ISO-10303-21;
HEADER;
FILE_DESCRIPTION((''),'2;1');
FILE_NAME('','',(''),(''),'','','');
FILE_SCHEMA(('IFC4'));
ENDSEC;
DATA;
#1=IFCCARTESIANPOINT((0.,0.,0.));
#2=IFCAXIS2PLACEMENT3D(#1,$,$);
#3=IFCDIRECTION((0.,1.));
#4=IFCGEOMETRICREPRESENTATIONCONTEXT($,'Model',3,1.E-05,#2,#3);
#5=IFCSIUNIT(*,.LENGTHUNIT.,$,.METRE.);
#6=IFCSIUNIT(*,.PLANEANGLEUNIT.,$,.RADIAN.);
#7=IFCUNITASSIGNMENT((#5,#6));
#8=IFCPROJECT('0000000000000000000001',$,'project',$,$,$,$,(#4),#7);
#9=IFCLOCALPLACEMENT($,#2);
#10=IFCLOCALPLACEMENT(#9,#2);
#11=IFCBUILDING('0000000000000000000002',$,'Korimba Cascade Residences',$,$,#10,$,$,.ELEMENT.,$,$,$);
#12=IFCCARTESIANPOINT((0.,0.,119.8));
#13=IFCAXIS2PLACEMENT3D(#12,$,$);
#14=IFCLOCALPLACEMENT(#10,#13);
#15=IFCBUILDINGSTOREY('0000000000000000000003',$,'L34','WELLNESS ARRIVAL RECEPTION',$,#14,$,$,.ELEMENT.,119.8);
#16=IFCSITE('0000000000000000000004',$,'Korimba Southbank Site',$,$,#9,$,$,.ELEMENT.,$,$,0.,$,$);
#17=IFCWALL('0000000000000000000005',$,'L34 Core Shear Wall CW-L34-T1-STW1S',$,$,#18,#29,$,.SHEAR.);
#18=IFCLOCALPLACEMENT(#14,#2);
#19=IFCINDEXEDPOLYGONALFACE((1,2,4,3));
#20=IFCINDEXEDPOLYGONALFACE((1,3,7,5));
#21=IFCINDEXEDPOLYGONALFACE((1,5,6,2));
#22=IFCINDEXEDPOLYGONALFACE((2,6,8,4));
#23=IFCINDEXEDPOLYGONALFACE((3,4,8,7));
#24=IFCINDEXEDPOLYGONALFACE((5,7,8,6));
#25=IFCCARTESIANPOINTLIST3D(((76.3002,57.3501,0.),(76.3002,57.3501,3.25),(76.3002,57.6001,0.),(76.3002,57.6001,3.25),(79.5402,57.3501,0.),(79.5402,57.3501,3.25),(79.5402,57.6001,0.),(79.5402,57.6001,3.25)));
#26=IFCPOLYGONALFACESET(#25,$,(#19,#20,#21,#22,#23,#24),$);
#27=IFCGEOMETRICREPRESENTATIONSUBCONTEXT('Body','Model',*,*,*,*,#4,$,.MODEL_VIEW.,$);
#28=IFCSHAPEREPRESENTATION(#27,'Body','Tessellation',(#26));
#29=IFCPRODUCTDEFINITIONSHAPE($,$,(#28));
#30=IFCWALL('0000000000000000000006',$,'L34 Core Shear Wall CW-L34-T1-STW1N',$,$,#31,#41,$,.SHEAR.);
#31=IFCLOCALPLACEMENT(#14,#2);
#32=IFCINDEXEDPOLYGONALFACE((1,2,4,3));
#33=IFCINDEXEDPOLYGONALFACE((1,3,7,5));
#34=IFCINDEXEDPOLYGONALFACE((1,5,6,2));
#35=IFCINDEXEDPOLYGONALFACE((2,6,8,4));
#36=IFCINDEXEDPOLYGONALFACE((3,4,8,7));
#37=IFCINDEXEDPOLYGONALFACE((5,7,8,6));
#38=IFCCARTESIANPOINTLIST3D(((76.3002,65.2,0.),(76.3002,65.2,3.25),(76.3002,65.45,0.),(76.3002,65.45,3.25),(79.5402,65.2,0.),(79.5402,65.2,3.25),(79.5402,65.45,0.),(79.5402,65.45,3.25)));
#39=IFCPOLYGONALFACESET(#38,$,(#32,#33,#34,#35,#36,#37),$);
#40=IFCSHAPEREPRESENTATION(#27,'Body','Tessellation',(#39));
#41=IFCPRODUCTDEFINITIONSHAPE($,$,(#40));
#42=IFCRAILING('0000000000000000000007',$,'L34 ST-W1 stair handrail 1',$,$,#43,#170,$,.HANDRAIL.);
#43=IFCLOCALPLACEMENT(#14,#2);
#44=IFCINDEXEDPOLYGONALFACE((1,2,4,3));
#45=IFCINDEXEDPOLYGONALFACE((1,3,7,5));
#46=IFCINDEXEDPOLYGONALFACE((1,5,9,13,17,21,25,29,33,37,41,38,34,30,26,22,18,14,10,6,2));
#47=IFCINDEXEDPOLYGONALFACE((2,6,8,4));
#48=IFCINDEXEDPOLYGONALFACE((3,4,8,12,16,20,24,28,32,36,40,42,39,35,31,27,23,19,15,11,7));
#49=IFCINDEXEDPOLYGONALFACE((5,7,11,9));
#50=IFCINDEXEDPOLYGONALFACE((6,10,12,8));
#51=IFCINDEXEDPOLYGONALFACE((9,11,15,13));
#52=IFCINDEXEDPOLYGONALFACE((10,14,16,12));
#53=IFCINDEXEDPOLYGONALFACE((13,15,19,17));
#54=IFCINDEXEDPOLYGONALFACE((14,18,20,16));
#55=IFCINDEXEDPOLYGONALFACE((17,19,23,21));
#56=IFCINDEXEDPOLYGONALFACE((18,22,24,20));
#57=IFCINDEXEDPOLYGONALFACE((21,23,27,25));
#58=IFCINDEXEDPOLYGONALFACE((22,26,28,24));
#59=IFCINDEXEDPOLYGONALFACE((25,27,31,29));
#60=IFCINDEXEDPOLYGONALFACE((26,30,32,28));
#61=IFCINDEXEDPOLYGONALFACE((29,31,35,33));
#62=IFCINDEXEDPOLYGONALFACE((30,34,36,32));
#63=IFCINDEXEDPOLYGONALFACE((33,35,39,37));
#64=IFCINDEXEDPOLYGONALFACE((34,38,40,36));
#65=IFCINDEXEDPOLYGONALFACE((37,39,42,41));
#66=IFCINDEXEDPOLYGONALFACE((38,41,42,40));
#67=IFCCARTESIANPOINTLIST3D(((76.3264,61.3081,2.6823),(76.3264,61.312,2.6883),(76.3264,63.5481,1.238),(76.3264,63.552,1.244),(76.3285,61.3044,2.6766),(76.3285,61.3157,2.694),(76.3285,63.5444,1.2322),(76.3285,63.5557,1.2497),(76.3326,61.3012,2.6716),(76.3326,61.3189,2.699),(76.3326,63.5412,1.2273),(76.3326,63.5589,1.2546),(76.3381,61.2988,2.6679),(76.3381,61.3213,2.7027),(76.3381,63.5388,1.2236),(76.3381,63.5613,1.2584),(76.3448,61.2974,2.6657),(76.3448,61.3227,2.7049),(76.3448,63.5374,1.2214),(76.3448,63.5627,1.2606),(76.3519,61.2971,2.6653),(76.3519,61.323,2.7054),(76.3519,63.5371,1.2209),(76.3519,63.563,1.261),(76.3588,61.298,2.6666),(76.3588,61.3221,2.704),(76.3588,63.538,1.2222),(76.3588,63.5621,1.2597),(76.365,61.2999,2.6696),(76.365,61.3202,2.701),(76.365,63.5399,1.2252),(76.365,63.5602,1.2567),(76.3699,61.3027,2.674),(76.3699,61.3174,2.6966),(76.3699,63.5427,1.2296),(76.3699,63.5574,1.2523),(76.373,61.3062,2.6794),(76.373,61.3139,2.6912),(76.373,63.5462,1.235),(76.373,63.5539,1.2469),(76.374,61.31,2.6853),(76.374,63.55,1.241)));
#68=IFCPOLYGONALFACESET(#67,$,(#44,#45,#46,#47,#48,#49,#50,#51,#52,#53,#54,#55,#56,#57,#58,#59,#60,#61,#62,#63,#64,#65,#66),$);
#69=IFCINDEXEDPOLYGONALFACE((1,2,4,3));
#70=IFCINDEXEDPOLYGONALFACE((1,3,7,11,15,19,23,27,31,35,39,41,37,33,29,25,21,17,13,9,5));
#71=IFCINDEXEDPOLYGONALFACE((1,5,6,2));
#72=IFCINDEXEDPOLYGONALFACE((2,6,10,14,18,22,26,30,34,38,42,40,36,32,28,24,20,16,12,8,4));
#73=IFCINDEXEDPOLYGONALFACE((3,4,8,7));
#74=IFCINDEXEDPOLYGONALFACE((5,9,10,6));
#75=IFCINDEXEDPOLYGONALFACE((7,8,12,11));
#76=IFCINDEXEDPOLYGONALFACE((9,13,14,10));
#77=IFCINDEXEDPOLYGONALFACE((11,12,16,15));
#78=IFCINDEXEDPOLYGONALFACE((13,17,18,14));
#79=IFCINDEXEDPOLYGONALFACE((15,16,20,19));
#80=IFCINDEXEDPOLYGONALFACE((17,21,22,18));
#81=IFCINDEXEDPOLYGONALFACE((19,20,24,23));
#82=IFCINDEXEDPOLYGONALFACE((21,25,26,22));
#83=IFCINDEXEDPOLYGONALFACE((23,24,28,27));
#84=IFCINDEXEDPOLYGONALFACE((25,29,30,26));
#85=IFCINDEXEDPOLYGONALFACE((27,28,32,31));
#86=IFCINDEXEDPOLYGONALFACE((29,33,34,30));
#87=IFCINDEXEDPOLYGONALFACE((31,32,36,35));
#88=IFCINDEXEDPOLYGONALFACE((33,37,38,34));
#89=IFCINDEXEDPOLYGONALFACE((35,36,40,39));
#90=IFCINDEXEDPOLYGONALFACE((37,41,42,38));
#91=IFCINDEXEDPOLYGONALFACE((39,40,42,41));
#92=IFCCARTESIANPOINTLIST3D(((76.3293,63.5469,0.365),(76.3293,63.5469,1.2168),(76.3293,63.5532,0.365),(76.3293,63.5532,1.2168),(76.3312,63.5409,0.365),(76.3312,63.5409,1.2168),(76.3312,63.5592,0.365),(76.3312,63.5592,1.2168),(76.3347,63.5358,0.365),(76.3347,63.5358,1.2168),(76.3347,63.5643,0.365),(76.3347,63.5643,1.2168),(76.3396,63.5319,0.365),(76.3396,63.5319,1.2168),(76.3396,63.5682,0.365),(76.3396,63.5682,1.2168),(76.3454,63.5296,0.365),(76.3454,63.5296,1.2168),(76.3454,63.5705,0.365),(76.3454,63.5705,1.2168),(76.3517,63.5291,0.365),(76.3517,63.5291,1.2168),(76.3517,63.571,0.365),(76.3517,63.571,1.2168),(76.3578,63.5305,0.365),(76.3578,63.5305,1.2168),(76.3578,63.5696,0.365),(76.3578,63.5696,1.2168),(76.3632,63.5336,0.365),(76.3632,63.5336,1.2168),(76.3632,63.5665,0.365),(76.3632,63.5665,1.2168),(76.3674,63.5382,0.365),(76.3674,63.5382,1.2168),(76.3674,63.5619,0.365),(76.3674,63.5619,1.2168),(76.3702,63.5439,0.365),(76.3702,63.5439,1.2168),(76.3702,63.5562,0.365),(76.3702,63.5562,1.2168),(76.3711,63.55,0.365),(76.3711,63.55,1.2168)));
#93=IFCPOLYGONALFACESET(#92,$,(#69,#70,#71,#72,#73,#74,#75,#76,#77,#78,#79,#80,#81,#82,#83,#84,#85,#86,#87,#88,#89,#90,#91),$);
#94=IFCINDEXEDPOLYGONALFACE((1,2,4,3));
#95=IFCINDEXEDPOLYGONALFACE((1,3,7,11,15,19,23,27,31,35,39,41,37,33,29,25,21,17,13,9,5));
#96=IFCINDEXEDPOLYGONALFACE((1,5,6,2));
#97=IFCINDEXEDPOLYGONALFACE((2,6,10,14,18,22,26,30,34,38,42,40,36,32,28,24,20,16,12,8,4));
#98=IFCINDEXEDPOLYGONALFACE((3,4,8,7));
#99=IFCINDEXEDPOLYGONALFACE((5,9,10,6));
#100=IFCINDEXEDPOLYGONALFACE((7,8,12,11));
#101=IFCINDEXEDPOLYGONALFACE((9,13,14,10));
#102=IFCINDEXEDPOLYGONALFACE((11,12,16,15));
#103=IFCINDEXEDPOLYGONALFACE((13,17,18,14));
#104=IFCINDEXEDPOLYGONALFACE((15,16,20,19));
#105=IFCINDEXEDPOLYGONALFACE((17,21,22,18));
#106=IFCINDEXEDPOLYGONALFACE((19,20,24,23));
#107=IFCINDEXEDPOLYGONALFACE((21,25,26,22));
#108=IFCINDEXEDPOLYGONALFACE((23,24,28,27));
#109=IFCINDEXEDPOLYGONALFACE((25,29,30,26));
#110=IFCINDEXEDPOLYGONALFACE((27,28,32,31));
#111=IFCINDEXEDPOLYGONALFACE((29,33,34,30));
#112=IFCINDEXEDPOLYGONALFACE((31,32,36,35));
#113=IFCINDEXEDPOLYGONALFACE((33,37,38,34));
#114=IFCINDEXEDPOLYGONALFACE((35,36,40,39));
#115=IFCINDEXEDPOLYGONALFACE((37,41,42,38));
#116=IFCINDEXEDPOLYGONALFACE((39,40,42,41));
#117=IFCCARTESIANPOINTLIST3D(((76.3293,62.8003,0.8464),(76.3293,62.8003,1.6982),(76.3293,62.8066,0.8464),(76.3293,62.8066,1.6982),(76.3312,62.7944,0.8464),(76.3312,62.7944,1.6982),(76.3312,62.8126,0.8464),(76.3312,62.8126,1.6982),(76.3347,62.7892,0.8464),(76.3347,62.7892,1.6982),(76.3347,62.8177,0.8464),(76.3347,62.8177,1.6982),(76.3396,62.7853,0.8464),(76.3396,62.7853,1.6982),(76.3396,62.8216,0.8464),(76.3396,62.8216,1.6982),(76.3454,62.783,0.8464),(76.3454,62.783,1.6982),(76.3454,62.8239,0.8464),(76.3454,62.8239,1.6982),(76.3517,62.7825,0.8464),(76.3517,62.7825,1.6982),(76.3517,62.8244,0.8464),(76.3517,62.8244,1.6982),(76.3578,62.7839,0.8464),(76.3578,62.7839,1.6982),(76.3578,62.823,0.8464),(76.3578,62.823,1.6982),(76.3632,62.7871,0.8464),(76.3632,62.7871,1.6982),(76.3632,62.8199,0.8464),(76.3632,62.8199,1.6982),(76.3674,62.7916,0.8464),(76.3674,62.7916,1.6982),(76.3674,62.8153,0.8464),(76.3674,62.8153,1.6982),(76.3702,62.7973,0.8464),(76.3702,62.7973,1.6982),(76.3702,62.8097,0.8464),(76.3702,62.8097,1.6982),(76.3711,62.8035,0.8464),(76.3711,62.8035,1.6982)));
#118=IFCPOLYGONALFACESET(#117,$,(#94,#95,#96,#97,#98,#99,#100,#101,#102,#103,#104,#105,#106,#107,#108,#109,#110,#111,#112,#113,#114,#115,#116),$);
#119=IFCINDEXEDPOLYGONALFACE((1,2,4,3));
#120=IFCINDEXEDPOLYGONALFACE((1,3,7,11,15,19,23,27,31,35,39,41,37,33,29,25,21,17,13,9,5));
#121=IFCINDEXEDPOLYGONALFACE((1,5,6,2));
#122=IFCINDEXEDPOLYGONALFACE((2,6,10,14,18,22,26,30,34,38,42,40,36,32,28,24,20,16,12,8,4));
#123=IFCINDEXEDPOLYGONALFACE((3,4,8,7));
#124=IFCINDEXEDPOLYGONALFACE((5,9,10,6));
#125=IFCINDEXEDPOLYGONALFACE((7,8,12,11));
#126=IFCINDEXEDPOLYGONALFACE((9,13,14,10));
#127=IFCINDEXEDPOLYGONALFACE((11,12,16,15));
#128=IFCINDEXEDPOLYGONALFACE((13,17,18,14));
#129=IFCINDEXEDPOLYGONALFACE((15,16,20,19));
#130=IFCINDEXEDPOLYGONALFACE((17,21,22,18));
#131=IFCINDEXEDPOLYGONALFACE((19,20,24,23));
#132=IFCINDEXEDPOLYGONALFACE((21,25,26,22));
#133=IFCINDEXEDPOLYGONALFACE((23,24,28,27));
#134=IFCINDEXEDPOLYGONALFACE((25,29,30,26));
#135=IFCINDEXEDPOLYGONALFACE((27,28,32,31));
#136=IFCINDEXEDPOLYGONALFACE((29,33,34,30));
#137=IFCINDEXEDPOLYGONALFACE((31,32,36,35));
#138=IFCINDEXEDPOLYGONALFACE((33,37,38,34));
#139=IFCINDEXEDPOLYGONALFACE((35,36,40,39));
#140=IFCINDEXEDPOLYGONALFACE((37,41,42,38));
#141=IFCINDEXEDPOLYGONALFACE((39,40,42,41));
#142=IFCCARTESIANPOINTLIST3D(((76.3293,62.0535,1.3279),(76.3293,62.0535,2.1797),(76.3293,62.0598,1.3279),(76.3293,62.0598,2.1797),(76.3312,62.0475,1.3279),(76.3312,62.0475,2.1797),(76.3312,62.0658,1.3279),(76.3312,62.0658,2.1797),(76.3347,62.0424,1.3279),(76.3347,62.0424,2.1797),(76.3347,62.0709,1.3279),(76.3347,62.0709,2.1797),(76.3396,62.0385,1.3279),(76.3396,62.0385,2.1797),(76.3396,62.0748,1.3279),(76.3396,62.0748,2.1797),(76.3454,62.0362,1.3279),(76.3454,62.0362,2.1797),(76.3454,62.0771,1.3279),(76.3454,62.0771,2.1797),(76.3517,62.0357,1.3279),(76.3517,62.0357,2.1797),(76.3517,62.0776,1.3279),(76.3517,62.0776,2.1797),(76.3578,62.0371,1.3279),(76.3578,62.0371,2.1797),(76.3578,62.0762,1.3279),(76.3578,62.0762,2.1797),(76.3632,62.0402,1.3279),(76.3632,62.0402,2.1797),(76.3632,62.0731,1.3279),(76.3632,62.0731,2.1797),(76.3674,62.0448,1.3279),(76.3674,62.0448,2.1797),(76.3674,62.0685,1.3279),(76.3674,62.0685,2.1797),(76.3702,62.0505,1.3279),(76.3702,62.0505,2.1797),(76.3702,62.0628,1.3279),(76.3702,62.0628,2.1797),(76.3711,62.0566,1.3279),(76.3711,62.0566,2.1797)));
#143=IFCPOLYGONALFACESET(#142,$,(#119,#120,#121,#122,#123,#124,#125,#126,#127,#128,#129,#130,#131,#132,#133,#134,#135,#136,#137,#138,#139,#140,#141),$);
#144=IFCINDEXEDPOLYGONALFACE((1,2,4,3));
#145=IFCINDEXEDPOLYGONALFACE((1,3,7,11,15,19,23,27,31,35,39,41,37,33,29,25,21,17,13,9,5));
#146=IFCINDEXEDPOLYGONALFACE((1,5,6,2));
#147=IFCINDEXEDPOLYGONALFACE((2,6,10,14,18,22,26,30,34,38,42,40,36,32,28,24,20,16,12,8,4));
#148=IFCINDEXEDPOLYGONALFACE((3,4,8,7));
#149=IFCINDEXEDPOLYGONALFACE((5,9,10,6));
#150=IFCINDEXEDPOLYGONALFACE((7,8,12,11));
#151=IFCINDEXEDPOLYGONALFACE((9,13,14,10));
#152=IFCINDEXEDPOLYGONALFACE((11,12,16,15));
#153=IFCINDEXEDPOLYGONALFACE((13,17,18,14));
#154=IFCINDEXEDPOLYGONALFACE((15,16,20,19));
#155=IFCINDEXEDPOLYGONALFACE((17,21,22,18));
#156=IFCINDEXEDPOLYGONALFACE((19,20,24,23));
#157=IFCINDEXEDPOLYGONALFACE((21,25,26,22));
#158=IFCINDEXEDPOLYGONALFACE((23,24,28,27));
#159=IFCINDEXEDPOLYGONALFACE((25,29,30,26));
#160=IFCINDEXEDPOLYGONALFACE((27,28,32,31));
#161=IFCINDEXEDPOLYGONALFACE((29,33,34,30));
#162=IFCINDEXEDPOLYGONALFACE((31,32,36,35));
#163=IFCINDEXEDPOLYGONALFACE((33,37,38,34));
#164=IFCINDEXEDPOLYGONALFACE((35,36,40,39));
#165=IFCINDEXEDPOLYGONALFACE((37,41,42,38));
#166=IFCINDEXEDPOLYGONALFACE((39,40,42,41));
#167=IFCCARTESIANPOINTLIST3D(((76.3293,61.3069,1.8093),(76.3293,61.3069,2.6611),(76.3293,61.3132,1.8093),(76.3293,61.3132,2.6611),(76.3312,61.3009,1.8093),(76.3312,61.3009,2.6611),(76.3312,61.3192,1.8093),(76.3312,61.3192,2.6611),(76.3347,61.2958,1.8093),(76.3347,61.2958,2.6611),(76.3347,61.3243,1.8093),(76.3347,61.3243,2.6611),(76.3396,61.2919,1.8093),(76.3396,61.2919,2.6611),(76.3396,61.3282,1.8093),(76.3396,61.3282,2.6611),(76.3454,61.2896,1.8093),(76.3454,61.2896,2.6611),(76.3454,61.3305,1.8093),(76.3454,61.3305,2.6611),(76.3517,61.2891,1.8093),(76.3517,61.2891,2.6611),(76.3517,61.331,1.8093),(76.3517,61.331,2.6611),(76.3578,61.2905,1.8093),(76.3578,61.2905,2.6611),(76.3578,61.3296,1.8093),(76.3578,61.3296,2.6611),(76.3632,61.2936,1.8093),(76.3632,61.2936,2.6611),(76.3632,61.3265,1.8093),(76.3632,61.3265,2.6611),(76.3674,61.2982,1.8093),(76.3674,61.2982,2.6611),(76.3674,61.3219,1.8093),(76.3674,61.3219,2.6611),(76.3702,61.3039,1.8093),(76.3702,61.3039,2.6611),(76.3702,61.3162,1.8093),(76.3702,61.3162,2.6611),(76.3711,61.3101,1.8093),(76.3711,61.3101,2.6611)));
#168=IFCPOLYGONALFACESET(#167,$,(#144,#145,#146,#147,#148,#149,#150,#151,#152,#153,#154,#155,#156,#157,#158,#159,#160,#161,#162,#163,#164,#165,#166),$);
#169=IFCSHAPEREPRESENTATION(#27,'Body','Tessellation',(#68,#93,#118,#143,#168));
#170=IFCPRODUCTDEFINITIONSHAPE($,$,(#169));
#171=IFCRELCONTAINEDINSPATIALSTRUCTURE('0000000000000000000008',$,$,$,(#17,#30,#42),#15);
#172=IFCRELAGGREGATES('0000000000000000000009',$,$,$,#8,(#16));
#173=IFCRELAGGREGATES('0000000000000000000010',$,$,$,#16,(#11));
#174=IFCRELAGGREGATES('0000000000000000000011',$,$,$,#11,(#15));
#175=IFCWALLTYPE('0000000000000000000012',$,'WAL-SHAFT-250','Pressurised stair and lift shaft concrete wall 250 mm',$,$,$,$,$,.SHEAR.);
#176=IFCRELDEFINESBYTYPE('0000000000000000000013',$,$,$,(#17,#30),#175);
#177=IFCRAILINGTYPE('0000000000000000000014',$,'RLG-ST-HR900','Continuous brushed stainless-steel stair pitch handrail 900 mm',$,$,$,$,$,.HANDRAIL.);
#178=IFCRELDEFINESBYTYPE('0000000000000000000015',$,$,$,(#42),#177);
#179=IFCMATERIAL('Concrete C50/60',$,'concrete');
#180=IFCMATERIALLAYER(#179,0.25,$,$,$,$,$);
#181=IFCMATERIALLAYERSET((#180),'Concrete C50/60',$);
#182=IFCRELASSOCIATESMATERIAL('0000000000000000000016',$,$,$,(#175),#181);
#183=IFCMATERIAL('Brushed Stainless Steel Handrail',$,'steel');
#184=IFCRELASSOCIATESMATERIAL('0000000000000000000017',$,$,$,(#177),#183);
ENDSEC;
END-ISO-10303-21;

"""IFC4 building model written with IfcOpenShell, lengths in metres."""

from ifc_helpers import new_model, si_unit, direction, frame, frame_2d, origin, origin_2d, place, context, subcontext, project, spatial, rectangle, circle, extrude, material, layer, layer_set, type_object, element, save


model = new_model("IFC4")

# Units and contexts
model_context = context("Model", 3, precision=1e-05, world=origin(), true_north=direction((0.0, 1.0)))
body_context = subcontext(model_context, "Body", "Model", "MODEL_VIEW")
ifc_project = project(units=[si_unit("LENGTHUNIT", "METRE"), si_unit("PLANEANGLEUNIT", "RADIAN")], contexts=[model_context])

# Site, building, storey
site_placement = place(None, origin())
site = spatial("IfcSite", under=ifc_project, at=site_placement, Name="Korimba Southbank Site", CompositionType="ELEMENT", RefElevation=0.0)
building_placement = place(site_placement, origin())
building = spatial("IfcBuilding", under=site, at=building_placement, Name="Korimba Cascade Residences", CompositionType="ELEMENT")
storey_placement = place(building_placement, frame((0.0, 0.0, 119.8)))
storey = spatial("IfcBuildingStorey", under=building, at=storey_placement, Name="L34", Description="WELLNESS ARRIVAL RECEPTION", CompositionType="ELEMENT", Elevation=119.8)

# Walls
ifc_material_1 = material(Name="Concrete C50/60", Category="concrete")
ifc_layer_1 = layer(ifc_material_1, 0.25)
ifc_layer_set_1 = layer_set([ifc_layer_1], Name="Concrete C50/60")
wall_type_1 = type_object("IfcWallType", Name="WAL-SHAFT-250", Description="Pressurised stair and lift shaft concrete wall 250 mm", PredefinedType="SHEAR", material=ifc_layer_set_1)
for number, where, z_axis, x_axis, name in (
    (1, (76.3, 57.4751, 0.0), (0.0, 0.0, 1.0), (1.0, 0.0, 0.0), "L34 Core Shear Wall CW-L34-T1-STW1S"),
    (2, (76.3, 65.325, 0.0), (0.0, 0.0, 1.0), (1.0, 0.0, 0.0), "L34 Core Shear Wall CW-L34-T1-STW1N"),
):
    element("IfcWall", number, at=place(storey_placement, frame(where, z_axis=z_axis, x_axis=x_axis)), inside=storey, type_object=wall_type_1, Name=name, PredefinedType="SHEAR", context=body_context, shape_type="SweptSolid", body=[
        extrude(rectangle(XDim=3.24, YDim=0.25, at=frame_2d((1.6201, 0.0))), origin(), (0.0, 0.0, 1.0), 3.25),
    ])

# Railing
ifc_material_2 = material(Name="Brushed Stainless Steel Handrail", Category="steel")
railing_type = type_object("IfcRailingType", Name="RLG-ST-HR900", Description="Continuous brushed stainless-steel stair pitch handrail 900 mm", PredefinedType="HANDRAIL", material=ifc_material_2)
railing_placement = place(storey_placement, frame((76.3501, 63.55, 0.365)))
element("IfcRailing", 3, at=railing_placement, inside=storey, type_object=railing_type, Name="L34 ST-W1 stair handrail 1", PredefinedType="HANDRAIL", context=body_context, shape_type="SweptSolid", body=[
    extrude(circle(Radius=0.0239, at=origin_2d()), frame((0.0, 0.0, 0.876), z_axis=(0.0, -0.840437, 0.54191), x_axis=(1.0, 0.0, 0.0)), (0.0, 0.0, 1.0), 2.6653),
    extrude(circle(Radius=0.021, at=origin_2d()), origin(), (0.0, 0.0, 1.0), 0.8518),
    extrude(circle(Radius=0.021, at=origin_2d()), frame((0.0, -0.7466, 0.4814)), (0.0, 0.0, 1.0), 0.8518),
    extrude(circle(Radius=0.021, at=origin_2d()), frame((0.0, -1.4934, 0.9629)), (0.0, 0.0, 1.0), 0.8518),
    extrude(circle(Radius=0.021, at=origin_2d()), frame((0.0, -2.24, 1.4443)), (0.0, 0.0, 1.0), 0.8518),
])

save(model, "model.ifc")
